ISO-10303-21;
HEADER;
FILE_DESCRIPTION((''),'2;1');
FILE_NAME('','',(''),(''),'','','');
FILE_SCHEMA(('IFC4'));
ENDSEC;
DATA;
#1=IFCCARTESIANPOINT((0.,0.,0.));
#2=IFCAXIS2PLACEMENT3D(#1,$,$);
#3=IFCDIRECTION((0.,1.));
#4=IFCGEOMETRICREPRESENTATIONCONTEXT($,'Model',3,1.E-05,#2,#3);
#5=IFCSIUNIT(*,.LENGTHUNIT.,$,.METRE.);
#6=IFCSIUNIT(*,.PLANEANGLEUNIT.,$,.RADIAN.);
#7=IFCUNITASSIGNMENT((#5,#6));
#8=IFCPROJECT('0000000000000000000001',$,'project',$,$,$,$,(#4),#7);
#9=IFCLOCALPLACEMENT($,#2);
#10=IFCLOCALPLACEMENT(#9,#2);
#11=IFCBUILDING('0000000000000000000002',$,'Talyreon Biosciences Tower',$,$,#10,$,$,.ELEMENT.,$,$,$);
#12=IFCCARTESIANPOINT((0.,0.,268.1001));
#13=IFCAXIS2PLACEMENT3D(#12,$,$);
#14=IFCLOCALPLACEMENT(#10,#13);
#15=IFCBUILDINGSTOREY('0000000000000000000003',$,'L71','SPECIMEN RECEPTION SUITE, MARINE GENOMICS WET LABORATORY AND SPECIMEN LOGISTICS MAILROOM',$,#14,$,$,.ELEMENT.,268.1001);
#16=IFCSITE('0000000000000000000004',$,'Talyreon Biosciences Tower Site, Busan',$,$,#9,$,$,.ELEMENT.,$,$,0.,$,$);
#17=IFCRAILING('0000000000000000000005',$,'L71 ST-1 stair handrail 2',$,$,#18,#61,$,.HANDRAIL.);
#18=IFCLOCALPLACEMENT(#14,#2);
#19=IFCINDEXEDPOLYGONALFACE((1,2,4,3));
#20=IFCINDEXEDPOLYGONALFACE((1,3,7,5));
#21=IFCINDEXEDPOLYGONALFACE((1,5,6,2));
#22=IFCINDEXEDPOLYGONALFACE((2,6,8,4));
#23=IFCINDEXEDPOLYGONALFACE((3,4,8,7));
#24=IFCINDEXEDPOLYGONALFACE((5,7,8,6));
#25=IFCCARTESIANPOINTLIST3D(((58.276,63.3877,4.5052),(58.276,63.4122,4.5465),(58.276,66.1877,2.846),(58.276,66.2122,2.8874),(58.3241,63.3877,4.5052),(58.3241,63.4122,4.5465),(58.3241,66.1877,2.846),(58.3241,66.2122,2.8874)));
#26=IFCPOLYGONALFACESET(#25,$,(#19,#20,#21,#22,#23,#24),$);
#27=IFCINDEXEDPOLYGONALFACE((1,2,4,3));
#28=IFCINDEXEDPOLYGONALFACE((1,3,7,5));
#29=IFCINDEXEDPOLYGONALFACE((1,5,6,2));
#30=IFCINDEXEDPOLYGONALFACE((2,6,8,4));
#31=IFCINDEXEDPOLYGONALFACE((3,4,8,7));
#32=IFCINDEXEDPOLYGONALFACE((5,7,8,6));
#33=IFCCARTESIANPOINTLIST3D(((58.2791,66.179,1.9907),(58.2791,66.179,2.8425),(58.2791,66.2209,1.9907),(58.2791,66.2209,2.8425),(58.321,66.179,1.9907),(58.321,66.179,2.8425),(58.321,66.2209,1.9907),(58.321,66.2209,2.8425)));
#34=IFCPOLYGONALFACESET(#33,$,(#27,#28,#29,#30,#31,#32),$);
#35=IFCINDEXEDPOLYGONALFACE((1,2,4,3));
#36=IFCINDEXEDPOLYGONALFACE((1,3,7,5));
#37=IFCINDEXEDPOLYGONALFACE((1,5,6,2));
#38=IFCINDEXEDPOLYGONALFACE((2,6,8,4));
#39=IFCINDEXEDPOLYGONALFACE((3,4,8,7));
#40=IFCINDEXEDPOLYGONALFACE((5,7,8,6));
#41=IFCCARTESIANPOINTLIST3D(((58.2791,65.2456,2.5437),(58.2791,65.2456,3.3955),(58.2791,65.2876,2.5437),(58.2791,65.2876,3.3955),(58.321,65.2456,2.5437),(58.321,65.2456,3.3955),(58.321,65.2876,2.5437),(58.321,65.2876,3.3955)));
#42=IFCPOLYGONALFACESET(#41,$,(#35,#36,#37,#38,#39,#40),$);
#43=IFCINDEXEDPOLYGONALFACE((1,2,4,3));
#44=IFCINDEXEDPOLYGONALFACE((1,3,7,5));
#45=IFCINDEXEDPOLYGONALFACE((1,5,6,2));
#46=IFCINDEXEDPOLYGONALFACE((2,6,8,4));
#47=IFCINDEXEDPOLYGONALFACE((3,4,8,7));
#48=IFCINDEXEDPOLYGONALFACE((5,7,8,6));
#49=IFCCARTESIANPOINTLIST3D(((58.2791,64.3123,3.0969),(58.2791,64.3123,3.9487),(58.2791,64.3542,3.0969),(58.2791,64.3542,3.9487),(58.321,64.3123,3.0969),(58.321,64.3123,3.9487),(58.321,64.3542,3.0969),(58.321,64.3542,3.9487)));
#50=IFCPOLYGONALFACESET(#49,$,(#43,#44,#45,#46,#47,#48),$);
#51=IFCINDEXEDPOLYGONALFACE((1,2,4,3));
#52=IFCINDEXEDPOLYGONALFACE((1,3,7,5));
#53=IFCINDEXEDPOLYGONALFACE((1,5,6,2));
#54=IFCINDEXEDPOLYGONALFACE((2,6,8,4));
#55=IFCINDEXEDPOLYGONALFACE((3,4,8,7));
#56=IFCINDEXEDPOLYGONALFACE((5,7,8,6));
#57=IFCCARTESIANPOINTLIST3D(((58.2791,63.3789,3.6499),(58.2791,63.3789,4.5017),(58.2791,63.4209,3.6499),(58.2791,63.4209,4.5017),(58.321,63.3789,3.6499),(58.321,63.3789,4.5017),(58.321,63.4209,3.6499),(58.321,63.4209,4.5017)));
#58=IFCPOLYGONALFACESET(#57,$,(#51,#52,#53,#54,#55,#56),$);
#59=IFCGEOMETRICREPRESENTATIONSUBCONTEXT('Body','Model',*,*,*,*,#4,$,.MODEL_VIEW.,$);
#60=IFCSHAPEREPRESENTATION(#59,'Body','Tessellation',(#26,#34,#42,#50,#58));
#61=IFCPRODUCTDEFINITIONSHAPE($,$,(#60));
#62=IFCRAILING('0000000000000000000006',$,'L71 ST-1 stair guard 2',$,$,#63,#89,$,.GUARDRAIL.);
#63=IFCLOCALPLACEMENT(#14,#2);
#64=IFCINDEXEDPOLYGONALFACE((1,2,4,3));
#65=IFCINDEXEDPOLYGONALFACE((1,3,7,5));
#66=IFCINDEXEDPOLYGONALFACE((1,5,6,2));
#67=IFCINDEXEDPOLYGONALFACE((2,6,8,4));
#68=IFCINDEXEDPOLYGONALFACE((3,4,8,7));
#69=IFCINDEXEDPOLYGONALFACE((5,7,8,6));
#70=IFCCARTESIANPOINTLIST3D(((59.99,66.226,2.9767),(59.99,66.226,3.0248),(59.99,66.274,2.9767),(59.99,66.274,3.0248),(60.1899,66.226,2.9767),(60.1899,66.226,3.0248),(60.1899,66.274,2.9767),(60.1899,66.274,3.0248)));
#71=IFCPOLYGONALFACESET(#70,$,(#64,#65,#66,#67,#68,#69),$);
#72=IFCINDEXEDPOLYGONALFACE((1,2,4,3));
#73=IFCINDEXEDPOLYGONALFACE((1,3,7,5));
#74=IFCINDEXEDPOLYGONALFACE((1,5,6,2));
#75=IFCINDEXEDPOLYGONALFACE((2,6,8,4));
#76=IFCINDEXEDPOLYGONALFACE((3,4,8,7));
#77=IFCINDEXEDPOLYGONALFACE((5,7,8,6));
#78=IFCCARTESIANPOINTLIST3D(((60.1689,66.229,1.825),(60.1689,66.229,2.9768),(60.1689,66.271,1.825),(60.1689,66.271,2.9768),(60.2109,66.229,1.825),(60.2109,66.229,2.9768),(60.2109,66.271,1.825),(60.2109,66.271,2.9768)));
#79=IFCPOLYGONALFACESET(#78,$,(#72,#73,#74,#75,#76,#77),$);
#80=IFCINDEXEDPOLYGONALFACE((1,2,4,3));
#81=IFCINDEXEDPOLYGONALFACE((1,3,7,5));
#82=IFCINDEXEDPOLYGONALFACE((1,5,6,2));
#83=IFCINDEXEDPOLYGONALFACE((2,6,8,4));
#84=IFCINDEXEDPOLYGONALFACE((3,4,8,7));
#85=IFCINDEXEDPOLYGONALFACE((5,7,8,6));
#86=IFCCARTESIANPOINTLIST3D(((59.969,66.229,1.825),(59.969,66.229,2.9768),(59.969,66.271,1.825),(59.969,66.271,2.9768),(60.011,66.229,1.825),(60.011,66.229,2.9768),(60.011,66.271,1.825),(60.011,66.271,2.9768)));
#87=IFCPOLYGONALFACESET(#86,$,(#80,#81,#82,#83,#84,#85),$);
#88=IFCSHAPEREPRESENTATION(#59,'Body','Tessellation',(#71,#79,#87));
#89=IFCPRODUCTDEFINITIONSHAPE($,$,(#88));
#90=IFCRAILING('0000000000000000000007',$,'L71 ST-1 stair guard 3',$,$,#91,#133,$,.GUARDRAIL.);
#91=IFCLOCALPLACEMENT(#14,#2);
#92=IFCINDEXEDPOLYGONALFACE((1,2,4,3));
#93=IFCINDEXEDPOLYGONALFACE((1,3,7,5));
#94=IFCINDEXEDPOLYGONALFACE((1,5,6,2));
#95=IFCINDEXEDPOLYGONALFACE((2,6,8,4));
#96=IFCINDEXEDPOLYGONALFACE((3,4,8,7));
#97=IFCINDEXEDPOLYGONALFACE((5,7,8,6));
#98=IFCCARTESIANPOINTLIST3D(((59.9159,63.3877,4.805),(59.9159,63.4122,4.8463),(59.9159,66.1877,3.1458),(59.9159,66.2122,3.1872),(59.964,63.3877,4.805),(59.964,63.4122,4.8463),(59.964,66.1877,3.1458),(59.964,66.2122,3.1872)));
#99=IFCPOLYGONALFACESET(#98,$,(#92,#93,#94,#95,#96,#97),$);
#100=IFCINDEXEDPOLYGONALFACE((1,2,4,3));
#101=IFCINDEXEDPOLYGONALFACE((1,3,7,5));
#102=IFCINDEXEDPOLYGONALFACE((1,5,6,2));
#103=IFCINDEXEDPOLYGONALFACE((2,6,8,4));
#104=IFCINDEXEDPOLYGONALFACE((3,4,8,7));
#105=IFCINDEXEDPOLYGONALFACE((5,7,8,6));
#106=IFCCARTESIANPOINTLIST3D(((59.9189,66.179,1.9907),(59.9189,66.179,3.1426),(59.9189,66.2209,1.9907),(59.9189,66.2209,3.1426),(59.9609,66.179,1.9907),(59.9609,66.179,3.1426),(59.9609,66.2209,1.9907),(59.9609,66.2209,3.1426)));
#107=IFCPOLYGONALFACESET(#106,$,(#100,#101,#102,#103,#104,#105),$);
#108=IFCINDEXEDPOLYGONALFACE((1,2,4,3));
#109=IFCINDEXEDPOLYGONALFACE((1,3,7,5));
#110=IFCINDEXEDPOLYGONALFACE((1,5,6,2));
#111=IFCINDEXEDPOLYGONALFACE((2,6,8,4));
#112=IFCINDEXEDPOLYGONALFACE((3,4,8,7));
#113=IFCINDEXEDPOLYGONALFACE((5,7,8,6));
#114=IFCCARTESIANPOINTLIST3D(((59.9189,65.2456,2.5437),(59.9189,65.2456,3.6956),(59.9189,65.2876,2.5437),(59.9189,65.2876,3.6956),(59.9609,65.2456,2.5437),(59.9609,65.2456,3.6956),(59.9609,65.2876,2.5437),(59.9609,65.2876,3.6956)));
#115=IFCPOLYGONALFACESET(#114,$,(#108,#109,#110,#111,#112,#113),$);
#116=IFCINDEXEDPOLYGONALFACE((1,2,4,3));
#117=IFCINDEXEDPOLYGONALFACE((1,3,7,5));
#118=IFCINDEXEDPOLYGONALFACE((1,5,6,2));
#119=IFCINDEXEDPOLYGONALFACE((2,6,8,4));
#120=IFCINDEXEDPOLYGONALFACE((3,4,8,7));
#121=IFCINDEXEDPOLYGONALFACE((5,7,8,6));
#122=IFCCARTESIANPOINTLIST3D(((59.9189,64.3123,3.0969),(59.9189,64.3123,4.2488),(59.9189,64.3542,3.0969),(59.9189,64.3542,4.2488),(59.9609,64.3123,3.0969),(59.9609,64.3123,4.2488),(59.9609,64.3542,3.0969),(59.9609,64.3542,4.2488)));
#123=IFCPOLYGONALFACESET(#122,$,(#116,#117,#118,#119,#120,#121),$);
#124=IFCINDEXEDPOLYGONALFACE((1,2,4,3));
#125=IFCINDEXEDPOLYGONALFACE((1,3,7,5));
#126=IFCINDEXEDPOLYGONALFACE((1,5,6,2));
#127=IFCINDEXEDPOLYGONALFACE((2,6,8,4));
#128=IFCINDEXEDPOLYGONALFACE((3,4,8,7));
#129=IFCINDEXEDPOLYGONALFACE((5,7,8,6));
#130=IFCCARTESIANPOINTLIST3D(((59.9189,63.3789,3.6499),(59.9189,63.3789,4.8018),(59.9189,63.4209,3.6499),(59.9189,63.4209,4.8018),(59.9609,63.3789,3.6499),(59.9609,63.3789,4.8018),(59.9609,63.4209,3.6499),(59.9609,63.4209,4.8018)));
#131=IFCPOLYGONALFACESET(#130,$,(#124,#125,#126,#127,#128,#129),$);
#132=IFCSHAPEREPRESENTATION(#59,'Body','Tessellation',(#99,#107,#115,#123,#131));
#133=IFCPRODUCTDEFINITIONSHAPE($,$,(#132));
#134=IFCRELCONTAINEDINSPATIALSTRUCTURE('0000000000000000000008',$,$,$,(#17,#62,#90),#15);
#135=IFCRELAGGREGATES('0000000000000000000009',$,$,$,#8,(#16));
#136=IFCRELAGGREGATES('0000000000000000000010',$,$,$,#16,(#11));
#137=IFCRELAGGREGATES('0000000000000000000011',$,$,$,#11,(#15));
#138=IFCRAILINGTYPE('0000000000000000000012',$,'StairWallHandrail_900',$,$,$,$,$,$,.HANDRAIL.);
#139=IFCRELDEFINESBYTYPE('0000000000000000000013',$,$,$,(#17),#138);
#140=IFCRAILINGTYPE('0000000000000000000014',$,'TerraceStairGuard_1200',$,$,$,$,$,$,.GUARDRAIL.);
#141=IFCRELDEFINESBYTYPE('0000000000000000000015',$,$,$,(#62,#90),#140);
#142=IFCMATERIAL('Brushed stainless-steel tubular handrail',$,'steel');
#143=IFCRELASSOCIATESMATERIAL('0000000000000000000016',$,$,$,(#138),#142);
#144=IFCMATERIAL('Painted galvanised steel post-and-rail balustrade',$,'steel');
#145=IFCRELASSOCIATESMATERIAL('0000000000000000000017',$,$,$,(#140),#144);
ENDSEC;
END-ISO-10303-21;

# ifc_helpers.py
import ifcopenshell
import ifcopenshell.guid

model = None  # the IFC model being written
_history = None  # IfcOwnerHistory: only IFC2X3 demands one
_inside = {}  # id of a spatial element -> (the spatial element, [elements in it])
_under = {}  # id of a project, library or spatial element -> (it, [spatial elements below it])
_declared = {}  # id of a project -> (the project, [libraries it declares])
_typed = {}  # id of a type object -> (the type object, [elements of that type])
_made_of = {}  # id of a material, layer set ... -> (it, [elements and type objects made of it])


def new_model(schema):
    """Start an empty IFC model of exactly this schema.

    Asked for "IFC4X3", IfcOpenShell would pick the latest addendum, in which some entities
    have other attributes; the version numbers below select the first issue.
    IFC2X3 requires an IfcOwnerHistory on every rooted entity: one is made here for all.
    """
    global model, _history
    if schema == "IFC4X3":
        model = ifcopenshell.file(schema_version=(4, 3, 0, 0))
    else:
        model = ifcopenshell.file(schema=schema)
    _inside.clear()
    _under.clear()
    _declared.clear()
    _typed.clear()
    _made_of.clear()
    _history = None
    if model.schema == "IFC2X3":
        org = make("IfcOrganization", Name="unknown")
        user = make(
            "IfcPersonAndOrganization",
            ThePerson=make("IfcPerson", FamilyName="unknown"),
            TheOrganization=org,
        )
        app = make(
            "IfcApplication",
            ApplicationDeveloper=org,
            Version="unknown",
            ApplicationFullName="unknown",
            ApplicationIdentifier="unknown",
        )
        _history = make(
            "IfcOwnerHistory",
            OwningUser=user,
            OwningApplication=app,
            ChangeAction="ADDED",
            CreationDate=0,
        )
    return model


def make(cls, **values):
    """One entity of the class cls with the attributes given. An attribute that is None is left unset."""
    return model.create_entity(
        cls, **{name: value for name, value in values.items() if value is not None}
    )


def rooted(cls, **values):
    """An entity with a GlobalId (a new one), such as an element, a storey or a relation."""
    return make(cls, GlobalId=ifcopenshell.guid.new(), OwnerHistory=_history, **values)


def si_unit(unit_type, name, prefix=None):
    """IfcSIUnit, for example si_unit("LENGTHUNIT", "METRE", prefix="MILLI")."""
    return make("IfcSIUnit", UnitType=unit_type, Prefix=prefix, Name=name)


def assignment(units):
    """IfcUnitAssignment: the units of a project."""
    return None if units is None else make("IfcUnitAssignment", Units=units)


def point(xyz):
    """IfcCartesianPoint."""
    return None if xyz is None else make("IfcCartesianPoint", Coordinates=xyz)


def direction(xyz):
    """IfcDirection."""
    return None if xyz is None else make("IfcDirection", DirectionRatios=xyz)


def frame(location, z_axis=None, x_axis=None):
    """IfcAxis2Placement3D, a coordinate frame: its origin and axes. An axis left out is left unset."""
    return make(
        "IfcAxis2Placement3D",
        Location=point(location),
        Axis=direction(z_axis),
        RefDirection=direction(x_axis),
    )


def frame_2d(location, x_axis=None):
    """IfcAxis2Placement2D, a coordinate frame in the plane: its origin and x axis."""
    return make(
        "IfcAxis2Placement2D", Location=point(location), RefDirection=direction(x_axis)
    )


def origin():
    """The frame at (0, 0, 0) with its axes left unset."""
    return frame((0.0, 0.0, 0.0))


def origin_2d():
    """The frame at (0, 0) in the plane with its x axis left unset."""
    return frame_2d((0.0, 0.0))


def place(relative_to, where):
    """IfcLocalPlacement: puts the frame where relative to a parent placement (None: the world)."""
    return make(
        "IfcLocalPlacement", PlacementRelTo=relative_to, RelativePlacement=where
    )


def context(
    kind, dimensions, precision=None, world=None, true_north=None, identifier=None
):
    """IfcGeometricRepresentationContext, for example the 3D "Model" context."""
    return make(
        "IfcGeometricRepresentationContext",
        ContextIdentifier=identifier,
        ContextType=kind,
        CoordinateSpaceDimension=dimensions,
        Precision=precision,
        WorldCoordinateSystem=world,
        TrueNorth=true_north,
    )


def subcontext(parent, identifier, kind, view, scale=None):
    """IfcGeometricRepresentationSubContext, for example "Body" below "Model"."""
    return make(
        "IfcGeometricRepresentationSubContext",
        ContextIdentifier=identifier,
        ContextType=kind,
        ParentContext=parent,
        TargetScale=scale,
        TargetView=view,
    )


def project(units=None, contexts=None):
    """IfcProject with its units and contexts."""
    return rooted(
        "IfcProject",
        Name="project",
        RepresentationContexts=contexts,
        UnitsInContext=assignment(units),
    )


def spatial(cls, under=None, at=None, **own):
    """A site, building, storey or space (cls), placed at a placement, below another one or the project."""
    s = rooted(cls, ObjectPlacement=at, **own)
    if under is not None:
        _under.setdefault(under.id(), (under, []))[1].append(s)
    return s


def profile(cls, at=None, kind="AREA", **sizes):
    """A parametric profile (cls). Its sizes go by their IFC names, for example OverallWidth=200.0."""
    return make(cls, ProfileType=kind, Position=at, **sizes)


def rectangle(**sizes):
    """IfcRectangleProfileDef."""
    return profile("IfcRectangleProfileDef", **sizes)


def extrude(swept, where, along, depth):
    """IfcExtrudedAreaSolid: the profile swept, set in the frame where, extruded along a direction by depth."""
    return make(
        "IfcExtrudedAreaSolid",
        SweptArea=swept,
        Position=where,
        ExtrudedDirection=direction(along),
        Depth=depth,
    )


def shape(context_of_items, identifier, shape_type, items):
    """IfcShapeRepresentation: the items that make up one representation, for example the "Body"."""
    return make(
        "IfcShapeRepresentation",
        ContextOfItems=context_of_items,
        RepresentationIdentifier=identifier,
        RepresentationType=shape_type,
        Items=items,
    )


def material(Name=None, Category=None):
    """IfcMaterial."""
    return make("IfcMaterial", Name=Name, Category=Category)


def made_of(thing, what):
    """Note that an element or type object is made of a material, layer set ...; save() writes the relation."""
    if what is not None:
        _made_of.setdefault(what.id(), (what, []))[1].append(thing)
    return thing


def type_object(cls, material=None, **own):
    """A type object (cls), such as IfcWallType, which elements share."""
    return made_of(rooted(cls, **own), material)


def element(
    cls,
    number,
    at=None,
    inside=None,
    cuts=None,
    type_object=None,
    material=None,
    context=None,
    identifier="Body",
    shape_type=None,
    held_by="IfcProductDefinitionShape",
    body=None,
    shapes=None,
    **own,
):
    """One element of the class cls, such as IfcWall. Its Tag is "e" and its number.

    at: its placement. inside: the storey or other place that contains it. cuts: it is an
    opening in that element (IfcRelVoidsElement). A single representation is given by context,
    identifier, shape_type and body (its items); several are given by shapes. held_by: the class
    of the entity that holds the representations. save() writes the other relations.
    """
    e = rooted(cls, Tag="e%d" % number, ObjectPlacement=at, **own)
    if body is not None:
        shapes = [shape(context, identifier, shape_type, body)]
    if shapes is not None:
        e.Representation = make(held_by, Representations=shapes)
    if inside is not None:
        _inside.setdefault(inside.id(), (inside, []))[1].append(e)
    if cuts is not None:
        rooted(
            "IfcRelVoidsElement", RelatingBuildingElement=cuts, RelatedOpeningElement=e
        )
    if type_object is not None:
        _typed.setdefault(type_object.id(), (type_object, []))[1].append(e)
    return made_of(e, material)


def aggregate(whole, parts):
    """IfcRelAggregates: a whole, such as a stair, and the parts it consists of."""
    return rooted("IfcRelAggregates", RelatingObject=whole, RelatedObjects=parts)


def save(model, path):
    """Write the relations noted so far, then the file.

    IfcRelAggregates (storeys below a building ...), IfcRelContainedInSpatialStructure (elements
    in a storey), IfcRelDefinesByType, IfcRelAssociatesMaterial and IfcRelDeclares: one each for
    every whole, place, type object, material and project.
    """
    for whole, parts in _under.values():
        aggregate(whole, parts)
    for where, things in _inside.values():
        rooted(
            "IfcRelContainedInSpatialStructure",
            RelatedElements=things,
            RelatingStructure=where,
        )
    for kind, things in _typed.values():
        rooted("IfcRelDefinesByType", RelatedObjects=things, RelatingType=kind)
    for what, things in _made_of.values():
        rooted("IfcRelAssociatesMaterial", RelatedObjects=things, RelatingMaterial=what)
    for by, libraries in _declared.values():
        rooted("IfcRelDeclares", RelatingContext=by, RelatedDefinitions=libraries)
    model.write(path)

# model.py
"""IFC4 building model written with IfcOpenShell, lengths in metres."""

from ifc_helpers import new_model, si_unit, direction, frame, origin, origin_2d, place, context, subcontext, project, spatial, rectangle, extrude, material, type_object, element, save


model = new_model("IFC4")

# Units and contexts
model_context = context("Model", 3, precision=1e-05, world=origin(), true_north=direction((0.0, 1.0)))
body_context = subcontext(model_context, "Body", "Model", "MODEL_VIEW")
ifc_project = project(units=[si_unit("LENGTHUNIT", "METRE"), si_unit("PLANEANGLEUNIT", "RADIAN")], contexts=[model_context])

# Site, building, storey
site_placement = place(None, origin())
site = spatial("IfcSite", under=ifc_project, at=site_placement, Name="Talyreon Biosciences Tower Site, Busan", CompositionType="ELEMENT", RefElevation=0.0)
building_placement = place(site_placement, origin())
building = spatial("IfcBuilding", under=site, at=building_placement, Name="Talyreon Biosciences Tower", CompositionType="ELEMENT")
storey_placement = place(building_placement, frame((0.0, 0.0, 268.1001)))
storey = spatial("IfcBuildingStorey", under=building, at=storey_placement, Name="L71", Description="SPECIMEN RECEPTION SUITE, MARINE GENOMICS WET LABORATORY AND SPECIMEN LOGISTICS MAILROOM", CompositionType="ELEMENT", Elevation=268.1001)

# Railings
ifc_material_1 = material(Name="Brushed stainless-steel tubular handrail", Category="steel")
railing_type_1 = type_object("IfcRailingType", Name="StairWallHandrail_900", PredefinedType="HANDRAIL", material=ifc_material_1)
railing_1_placement = place(storey_placement, frame((58.3, 66.2, 1.9907)))
element("IfcRailing", 1, at=railing_1_placement, inside=storey, type_object=railing_type_1, Name="L71 ST-1 stair handrail 2", PredefinedType="HANDRAIL", context=body_context, shape_type="SweptSolid", body=[
    extrude(rectangle(XDim=0.0481, YDim=0.0481, at=origin_2d()), frame((0.0, 0.0, 0.876), z_axis=(0.0, -0.860306, 0.509778), x_axis=(1.0, 0.0, 0.0)), (0.0, 0.0, 1.0), 3.2546),
    extrude(rectangle(XDim=0.042, YDim=0.042, at=origin_2d()), origin(), (0.0, 0.0, 1.0), 0.8518),
    extrude(rectangle(XDim=0.042, YDim=0.042, at=origin_2d()), frame((0.0, -0.9333, 0.553)), (0.0, 0.0, 1.0), 0.8518),
    extrude(rectangle(XDim=0.042, YDim=0.042, at=origin_2d()), frame((0.0, -1.8667, 1.1062)), (0.0, 0.0, 1.0), 0.8518),
    extrude(rectangle(XDim=0.042, YDim=0.042, at=origin_2d()), frame((0.0, -2.8, 1.6592)), (0.0, 0.0, 1.0), 0.8518),
])
ifc_material_2 = material(Name="Painted galvanised steel post-and-rail balustrade", Category="steel")
railing_type_2 = type_object("IfcRailingType", Name="TerraceStairGuard_1200", PredefinedType="GUARDRAIL", material=ifc_material_2)
railing_2_placement = place(storey_placement, frame((60.1899, 66.25, 1.825)))
element("IfcRailing", 2, at=railing_2_placement, inside=storey, type_object=railing_type_2, Name="L71 ST-1 stair guard 2", PredefinedType="GUARDRAIL", context=body_context, shape_type="SweptSolid", body=[
    extrude(rectangle(XDim=0.0481, YDim=0.0481, at=origin_2d()), frame((0.0, 0.0, 1.1758), z_axis=(-1.0, 0.0, 0.0), x_axis=(0.0, -1.0, 0.0)), (0.0, 0.0, 1.0), 0.2),
    extrude(rectangle(XDim=0.042, YDim=0.042, at=origin_2d()), origin(), (0.0, 0.0, 1.0), 1.1519),
    extrude(rectangle(XDim=0.042, YDim=0.042, at=origin_2d()), frame((-0.2, 0.0, 0.0)), (0.0, 0.0, 1.0), 1.1519),
])
railing_3_placement = place(storey_placement, frame((59.9399, 66.2, 1.9907)))
element("IfcRailing", 3, at=railing_3_placement, inside=storey, type_object=railing_type_2, Name="L71 ST-1 stair guard 3", PredefinedType="GUARDRAIL", context=body_context, shape_type="SweptSolid", body=[
    extrude(rectangle(XDim=0.0481, YDim=0.0481, at=origin_2d()), frame((0.0, 0.0, 1.1758), z_axis=(0.0, -0.860306, 0.509778), x_axis=(1.0, 0.0, 0.0)), (0.0, 0.0, 1.0), 3.2546),
    extrude(rectangle(XDim=0.042, YDim=0.042, at=origin_2d()), origin(), (0.0, 0.0, 1.0), 1.1519),
    extrude(rectangle(XDim=0.042, YDim=0.042, at=origin_2d()), frame((0.0, -0.9333, 0.553)), (0.0, 0.0, 1.0), 1.1519),
    extrude(rectangle(XDim=0.042, YDim=0.042, at=origin_2d()), frame((0.0, -1.8667, 1.1062)), (0.0, 0.0, 1.0), 1.1519),
    extrude(rectangle(XDim=0.042, YDim=0.042, at=origin_2d()), frame((0.0, -2.8, 1.6592)), (0.0, 0.0, 1.0), 1.1519),
])

save(model, "model.ifc")
